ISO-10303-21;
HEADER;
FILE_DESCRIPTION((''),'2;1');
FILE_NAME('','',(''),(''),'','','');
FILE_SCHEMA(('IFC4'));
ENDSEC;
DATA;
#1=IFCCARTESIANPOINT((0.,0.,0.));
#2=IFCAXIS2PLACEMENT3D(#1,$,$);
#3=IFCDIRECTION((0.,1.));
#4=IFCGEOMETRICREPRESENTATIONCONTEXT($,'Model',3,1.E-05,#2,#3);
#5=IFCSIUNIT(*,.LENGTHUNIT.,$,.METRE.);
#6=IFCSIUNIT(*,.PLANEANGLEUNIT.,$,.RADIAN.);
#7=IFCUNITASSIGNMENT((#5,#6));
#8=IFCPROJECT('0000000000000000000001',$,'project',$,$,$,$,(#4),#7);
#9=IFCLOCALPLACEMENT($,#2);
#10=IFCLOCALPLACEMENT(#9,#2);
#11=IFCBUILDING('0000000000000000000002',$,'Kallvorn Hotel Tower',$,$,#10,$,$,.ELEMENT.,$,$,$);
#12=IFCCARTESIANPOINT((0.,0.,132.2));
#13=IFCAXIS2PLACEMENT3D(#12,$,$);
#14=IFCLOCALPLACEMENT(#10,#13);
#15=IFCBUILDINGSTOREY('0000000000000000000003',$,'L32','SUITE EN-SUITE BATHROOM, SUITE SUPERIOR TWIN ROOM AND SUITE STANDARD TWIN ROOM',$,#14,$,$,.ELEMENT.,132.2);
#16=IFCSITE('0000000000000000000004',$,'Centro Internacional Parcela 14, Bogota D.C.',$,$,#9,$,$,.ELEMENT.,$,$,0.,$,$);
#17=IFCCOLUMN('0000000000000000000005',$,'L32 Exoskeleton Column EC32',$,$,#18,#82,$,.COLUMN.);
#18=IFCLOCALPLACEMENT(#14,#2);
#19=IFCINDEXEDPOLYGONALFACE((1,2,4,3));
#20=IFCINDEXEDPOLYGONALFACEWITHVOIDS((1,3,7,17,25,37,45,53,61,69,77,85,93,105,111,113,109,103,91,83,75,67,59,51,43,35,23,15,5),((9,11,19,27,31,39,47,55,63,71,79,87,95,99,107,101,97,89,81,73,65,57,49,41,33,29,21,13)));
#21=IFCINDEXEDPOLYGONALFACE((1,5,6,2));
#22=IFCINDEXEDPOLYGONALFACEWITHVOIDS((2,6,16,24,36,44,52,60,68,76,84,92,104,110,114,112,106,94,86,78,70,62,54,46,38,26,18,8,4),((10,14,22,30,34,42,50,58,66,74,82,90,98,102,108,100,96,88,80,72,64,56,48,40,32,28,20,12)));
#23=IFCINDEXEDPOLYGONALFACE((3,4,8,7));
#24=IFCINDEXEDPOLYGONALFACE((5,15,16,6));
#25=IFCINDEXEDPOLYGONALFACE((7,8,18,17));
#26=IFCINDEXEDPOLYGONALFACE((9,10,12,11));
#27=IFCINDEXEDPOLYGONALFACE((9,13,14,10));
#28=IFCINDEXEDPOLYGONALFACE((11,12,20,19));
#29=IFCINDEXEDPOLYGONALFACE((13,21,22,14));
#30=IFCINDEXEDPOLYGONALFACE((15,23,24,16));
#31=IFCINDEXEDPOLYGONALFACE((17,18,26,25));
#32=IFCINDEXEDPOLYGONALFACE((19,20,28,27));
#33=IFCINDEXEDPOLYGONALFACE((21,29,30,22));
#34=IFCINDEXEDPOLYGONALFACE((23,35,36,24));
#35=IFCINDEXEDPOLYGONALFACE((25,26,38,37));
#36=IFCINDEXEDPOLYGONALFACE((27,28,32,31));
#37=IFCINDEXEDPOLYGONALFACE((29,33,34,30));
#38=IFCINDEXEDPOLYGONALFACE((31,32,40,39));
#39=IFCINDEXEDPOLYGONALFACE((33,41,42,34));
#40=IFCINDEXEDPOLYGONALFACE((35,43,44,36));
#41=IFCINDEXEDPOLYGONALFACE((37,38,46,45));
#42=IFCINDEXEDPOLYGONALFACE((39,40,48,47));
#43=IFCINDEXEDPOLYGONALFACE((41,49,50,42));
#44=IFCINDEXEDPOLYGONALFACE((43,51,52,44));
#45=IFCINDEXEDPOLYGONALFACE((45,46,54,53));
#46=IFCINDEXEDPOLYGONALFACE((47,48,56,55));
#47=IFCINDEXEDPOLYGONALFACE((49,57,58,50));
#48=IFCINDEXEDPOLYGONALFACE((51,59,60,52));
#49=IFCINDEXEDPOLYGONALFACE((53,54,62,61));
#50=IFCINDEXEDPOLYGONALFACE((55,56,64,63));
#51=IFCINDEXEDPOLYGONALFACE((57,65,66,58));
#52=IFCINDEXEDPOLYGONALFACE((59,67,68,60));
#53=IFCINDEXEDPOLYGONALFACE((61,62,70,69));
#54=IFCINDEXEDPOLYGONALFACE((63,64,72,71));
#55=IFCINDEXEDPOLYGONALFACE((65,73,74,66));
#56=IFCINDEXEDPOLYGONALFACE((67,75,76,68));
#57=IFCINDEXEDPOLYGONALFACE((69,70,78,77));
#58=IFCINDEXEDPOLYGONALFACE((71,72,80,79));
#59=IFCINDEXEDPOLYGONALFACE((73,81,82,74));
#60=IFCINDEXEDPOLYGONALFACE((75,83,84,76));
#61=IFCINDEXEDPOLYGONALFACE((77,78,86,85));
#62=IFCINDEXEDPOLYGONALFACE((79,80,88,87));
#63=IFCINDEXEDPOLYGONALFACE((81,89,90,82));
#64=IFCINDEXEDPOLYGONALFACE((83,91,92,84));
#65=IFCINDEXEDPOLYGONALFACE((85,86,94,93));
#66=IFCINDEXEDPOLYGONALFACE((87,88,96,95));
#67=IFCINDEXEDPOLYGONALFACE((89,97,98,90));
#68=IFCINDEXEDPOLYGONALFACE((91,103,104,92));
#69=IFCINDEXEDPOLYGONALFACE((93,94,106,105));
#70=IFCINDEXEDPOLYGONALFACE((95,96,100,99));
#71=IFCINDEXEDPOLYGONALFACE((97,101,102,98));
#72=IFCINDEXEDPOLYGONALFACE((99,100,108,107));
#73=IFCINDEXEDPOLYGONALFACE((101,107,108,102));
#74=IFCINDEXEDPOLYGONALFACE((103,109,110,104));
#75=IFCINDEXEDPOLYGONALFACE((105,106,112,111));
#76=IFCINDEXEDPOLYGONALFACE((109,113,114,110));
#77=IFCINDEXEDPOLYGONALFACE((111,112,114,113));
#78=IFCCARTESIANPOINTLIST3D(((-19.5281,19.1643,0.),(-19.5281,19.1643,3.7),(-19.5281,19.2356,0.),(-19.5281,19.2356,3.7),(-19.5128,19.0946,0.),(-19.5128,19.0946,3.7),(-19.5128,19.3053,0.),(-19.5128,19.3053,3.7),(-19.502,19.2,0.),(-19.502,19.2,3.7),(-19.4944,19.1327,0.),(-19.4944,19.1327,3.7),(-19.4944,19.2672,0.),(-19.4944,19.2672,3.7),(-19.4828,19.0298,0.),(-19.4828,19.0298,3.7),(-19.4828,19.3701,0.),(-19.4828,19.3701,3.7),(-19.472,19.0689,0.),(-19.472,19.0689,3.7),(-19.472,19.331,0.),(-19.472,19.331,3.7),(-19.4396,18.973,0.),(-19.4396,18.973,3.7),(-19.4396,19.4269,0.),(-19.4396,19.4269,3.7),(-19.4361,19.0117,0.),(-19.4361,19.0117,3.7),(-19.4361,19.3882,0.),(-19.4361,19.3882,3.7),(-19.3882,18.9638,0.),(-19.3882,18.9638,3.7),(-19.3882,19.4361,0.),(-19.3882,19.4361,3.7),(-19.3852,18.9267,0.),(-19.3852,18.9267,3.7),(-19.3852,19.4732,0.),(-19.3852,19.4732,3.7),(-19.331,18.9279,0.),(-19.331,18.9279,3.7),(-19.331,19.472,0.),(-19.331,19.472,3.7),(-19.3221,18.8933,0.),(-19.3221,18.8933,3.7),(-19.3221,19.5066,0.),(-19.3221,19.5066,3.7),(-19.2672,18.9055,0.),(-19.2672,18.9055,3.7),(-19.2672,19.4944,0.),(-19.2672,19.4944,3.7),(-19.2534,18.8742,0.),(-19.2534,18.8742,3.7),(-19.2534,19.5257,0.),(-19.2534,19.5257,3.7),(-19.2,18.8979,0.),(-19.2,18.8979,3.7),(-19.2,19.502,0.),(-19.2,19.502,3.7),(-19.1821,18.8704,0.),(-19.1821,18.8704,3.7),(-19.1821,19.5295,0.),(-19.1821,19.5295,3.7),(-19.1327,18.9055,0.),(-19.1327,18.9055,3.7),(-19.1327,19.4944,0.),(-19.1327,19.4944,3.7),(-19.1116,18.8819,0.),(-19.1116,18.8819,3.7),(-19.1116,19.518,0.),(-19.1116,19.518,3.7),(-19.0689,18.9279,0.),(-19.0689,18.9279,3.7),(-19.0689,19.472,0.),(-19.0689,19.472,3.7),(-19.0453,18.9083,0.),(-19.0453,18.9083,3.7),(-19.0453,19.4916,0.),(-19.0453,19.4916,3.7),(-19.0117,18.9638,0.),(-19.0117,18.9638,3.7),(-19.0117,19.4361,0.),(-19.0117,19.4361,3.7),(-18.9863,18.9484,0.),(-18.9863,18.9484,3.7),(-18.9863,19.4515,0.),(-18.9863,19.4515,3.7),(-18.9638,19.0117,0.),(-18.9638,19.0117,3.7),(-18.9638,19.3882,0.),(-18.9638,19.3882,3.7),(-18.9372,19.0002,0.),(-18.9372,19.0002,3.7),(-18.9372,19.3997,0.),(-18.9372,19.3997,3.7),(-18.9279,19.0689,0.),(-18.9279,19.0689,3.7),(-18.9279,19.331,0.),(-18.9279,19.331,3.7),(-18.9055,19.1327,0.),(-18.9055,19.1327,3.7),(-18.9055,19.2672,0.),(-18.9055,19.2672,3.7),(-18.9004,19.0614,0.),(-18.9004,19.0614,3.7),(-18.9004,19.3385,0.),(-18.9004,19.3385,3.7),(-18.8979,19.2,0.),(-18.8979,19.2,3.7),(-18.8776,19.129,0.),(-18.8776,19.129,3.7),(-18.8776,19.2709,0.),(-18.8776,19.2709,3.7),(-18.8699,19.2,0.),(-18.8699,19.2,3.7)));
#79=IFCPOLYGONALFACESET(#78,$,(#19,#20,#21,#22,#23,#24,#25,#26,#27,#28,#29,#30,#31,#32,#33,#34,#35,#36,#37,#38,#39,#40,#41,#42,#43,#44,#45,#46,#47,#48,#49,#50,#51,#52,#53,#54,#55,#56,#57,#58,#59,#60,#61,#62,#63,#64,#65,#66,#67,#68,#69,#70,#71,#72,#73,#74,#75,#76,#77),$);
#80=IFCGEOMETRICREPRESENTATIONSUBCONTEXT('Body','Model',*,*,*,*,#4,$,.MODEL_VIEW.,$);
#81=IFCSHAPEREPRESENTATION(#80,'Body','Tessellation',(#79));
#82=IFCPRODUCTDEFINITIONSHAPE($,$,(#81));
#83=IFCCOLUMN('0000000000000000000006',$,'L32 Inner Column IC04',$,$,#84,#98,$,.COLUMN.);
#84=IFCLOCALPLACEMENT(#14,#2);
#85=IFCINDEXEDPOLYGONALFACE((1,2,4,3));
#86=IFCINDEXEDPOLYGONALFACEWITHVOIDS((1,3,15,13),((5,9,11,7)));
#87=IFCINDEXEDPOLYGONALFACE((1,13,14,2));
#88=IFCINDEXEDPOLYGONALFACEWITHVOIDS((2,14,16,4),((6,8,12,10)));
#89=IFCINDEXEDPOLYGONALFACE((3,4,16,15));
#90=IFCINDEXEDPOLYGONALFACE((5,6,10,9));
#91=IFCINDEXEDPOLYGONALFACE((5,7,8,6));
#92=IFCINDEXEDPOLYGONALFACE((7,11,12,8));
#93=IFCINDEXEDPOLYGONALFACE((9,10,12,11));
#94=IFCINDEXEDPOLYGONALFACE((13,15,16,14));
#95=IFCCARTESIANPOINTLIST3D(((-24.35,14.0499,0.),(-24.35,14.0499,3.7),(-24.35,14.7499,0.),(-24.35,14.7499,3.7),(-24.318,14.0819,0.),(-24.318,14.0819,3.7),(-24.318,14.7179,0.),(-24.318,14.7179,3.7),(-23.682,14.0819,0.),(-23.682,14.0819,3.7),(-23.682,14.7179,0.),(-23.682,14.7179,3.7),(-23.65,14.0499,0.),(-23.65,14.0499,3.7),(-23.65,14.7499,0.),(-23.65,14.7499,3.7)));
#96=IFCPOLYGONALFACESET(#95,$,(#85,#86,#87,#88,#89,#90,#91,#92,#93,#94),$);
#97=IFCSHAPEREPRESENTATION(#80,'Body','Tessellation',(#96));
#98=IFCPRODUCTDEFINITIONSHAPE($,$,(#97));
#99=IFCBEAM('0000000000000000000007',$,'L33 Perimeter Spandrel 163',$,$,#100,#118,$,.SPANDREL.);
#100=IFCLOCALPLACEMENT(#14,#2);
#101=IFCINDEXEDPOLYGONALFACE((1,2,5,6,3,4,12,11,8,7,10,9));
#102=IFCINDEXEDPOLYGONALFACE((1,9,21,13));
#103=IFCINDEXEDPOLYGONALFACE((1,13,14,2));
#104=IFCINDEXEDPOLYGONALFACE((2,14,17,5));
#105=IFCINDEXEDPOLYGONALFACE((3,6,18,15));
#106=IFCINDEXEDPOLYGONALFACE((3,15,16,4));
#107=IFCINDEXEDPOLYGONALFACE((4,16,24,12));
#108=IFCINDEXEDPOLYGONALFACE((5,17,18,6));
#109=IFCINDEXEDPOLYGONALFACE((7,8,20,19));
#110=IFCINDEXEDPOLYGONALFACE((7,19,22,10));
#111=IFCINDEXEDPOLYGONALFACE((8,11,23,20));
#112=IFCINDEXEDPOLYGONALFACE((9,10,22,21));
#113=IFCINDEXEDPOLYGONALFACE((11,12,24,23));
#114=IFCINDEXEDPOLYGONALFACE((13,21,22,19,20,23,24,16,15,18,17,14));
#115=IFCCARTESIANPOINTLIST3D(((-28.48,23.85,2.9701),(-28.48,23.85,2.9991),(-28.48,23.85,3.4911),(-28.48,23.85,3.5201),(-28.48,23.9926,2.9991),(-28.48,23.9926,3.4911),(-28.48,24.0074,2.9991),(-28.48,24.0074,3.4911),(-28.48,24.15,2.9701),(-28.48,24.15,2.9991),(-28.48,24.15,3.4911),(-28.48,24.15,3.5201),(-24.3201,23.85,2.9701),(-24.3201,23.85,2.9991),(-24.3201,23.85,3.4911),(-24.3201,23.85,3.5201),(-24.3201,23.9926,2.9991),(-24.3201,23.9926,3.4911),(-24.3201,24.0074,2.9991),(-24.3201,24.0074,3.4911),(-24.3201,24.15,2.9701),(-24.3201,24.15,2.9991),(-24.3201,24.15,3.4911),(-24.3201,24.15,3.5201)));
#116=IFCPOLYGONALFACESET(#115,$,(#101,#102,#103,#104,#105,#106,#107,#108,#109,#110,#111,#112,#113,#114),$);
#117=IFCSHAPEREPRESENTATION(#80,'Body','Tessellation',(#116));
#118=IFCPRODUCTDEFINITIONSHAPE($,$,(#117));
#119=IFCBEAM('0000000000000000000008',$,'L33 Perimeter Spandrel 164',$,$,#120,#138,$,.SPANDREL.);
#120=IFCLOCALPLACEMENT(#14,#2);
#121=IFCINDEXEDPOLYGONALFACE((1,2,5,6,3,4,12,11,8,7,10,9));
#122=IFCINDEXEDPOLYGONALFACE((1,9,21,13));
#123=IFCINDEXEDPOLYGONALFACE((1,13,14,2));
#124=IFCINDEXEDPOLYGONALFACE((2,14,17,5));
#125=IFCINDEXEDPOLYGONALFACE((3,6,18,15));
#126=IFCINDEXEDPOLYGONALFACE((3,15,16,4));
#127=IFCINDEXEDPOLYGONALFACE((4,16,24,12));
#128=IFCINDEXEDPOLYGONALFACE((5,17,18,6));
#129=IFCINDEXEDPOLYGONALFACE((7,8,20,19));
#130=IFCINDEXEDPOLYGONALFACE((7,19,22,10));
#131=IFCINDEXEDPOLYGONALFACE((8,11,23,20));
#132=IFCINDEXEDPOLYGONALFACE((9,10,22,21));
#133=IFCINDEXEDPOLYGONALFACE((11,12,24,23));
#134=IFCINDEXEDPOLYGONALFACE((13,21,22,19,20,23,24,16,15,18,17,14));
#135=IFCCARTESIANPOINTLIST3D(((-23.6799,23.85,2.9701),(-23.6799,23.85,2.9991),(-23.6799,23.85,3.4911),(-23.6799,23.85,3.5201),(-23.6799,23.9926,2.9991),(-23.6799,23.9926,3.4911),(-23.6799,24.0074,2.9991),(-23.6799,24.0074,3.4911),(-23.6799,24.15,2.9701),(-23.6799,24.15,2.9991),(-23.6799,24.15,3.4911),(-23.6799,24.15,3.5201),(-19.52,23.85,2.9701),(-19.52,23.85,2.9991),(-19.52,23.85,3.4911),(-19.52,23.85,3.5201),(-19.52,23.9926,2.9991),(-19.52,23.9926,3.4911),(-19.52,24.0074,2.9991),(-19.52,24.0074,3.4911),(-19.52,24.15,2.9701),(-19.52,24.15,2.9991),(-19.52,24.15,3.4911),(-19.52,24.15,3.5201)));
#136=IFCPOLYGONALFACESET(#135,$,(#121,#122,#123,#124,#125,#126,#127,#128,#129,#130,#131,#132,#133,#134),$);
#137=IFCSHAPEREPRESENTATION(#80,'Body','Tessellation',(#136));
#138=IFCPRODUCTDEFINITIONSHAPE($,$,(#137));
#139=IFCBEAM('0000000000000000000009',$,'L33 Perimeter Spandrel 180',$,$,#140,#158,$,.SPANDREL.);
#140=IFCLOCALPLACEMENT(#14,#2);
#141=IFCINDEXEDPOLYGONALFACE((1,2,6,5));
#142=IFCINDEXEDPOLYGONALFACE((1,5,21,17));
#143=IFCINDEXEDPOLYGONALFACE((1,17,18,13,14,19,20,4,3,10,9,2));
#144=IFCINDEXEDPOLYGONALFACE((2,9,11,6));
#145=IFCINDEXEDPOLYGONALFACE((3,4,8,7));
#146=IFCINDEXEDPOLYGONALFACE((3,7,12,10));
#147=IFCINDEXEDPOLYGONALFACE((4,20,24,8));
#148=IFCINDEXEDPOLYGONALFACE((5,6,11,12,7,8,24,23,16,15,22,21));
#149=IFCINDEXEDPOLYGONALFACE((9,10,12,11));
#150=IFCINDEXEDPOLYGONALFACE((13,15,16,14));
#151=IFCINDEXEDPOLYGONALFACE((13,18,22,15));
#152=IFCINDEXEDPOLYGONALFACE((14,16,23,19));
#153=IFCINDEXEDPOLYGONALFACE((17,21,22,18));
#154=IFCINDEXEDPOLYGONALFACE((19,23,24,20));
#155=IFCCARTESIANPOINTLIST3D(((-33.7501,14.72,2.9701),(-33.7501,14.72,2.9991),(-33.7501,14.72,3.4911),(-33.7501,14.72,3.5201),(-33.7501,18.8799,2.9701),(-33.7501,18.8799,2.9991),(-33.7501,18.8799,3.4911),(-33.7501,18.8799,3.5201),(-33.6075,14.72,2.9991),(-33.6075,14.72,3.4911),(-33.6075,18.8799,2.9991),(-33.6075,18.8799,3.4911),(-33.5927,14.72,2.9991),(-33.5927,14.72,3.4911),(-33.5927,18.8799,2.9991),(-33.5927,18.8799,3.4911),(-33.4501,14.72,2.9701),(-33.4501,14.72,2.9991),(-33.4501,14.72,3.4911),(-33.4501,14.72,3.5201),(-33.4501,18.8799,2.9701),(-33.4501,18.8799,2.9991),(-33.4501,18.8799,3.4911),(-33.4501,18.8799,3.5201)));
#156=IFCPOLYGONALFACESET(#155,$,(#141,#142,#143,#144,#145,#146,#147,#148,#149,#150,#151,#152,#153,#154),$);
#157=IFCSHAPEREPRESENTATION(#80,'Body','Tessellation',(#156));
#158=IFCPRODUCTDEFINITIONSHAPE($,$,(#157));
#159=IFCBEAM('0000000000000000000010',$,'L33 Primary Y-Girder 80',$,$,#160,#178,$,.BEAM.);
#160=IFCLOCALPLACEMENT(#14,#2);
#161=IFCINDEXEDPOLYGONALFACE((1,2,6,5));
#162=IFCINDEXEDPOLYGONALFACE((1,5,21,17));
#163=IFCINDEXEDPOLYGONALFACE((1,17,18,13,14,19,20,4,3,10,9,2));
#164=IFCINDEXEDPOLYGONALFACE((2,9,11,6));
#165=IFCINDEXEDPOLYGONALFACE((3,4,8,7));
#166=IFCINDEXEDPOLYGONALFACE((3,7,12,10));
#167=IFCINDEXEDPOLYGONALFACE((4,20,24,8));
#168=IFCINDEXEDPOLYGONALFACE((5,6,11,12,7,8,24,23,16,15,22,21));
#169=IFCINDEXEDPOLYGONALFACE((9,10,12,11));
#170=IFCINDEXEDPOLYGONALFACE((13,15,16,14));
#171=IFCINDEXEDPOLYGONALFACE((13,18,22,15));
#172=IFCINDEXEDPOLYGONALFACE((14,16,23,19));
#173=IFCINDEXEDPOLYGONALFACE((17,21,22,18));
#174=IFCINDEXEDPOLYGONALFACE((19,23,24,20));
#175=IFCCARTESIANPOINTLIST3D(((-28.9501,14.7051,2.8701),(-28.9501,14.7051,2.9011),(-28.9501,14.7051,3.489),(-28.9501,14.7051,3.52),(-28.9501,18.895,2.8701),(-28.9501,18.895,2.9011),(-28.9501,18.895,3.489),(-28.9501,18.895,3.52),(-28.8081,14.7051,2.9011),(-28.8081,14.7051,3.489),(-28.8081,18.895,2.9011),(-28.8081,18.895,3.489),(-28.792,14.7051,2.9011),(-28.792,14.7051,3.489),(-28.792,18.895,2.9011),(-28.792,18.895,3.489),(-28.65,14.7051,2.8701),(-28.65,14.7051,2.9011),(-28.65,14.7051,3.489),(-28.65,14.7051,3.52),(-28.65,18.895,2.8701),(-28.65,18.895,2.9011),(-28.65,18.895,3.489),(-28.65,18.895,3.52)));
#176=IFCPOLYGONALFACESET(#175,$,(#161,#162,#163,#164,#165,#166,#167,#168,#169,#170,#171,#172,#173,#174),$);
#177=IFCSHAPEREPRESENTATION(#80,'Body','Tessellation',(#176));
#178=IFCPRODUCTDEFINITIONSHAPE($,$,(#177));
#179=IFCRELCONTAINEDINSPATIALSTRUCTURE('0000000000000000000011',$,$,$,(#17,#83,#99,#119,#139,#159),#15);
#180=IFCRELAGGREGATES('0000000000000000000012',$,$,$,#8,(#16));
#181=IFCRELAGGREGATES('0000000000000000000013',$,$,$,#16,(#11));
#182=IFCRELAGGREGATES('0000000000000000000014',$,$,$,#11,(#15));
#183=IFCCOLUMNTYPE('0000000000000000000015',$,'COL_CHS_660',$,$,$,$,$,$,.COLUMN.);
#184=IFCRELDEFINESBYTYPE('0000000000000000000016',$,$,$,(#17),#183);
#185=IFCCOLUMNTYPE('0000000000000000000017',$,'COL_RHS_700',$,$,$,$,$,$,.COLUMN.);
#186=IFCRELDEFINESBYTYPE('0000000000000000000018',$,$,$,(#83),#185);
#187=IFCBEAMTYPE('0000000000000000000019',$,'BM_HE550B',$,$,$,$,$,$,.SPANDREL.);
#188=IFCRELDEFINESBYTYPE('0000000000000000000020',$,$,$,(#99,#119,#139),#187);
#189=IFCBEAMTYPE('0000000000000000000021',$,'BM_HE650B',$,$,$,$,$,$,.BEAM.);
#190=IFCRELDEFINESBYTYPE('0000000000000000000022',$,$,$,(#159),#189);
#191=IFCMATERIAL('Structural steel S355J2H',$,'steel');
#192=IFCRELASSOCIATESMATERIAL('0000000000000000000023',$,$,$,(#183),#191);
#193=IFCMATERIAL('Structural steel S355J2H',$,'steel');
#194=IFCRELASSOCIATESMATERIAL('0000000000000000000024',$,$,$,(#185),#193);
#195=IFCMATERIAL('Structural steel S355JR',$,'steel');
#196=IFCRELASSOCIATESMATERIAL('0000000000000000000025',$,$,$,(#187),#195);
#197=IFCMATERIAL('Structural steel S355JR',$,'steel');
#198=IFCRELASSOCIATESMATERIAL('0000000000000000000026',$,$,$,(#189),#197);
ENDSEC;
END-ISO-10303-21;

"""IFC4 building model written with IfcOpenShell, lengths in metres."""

from ifc_helpers import new_model, si_unit, direction, frame, origin, origin_2d, place, context, subcontext, project, spatial, hollow_rectangle, hollow_circle, i_section, extrude, material, material_profile, profile_set, type_object, element, save


model = new_model("IFC4")

# Units and contexts
model_context = context("Model", 3, precision=1e-05, world=origin(), true_north=direction((0.0, 1.0)))
body_context = subcontext(model_context, "Body", "Model", "MODEL_VIEW")
ifc_project = project(units=[si_unit("LENGTHUNIT", "METRE"), si_unit("PLANEANGLEUNIT", "RADIAN")], contexts=[model_context])

# Site, building, storey
site_placement = place(None, origin())
site = spatial("IfcSite", under=ifc_project, at=site_placement, Name="Centro Internacional Parcela 14, Bogota D.C.", CompositionType="ELEMENT", RefElevation=0.0)
building_placement = place(site_placement, origin())
building = spatial("IfcBuilding", under=site, at=building_placement, Name="Kallvorn Hotel Tower", CompositionType="ELEMENT")
storey_placement = place(building_placement, frame((0.0, 0.0, 132.2)))
storey = spatial("IfcBuildingStorey", under=building, at=storey_placement, Name="L32", Description="SUITE EN-SUITE BATHROOM, SUITE SUPERIOR TWIN ROOM AND SUITE STANDARD TWIN ROOM", CompositionType="ELEMENT", Elevation=132.2)

# Columns
ifc_material_1 = material(Name="Structural steel S355J2H", Category="steel")
ifc_material_profile_1 = material_profile(ifc_material_1, hollow_circle(Radius=0.3301, WallThickness=0.0281, at=origin_2d()), Name="CHS 660x28")
ifc_profile_set_1 = profile_set([ifc_material_profile_1], Name="Structural steel S355J2H")
column_type_1 = type_object("IfcColumnType", Name="COL_CHS_660", PredefinedType="COLUMN", material=ifc_profile_set_1)
for number, where, z_axis, x_axis, name in (
    (1, (-19.2, 19.2, 0.0), (0.0, 0.0, 1.0), (1.0, 0.0, 0.0), "L32 Exoskeleton Column EC32"),
):
    element("IfcColumn", number, at=place(storey_placement, frame(where, z_axis=z_axis, x_axis=x_axis)), inside=storey, type_object=column_type_1, Name=name, PredefinedType="COLUMN", context=body_context, shape_type="SweptSolid", body=[
        extrude(hollow_circle(Radius=0.3301, WallThickness=0.0281, at=origin_2d()), origin(), (0.0, 0.0, 1.0), 3.7),
    ])
ifc_material_2 = material(Name="Structural steel S355J2H", Category="steel")
ifc_material_profile_2 = material_profile(ifc_material_2, hollow_rectangle(XDim=0.7, YDim=0.7, WallThickness=0.032, at=origin_2d()), Name="RHS 700x700x32")
ifc_profile_set_2 = profile_set([ifc_material_profile_2], Name="Structural steel S355J2H")
column_type_2 = type_object("IfcColumnType", Name="COL_RHS_700", PredefinedType="COLUMN", material=ifc_profile_set_2)
column_placement = place(storey_placement, frame((-24.0, 14.3999, 0.0), z_axis=(0.0, 0.0, 1.0), x_axis=(1.0, 0.0, 0.0)))
element("IfcColumn", 2, at=column_placement, inside=storey, type_object=column_type_2, Name="L32 Inner Column IC04", PredefinedType="COLUMN", context=body_context, shape_type="SweptSolid", body=[
    extrude(hollow_rectangle(XDim=0.7, YDim=0.7, WallThickness=0.032, at=origin_2d()), origin(), (0.0, 0.0, 1.0), 3.7),
])

# Beams
ifc_material_3 = material(Name="Structural steel S355JR", Category="steel")
ifc_material_profile_3 = material_profile(ifc_material_3, i_section(OverallWidth=0.3, OverallDepth=0.55, WebThickness=0.0149, FlangeThickness=0.0291, at=origin_2d()), Name="HE 550 B")
ifc_profile_set_3 = profile_set([ifc_material_profile_3], Name="Structural steel S355JR")
beam_type_1 = type_object("IfcBeamType", Name="BM_HE550B", PredefinedType="SPANDREL", material=ifc_profile_set_3)
for number, where, z_axis, x_axis, name in (
    (3, (-28.48, 24.0, 3.2451), (1.0, 0.0, 0.0), (0.0, 1.0, 0.0), "L33 Perimeter Spandrel 163"),
    (4, (-23.6799, 24.0, 3.2451), (1.0, 0.0, 0.0), (0.0, 1.0, 0.0), "L33 Perimeter Spandrel 164"),
    (5, (-33.6001, 14.72, 3.2451), (0.0, 1.0, 0.0), (-1.0, 0.0, 0.0), "L33 Perimeter Spandrel 180"),
):
    element("IfcBeam", number, at=place(storey_placement, frame(where, z_axis=z_axis, x_axis=x_axis)), inside=storey, type_object=beam_type_1, Name=name, PredefinedType="SPANDREL", context=body_context, shape_type="SweptSolid", body=[
        extrude(i_section(OverallWidth=0.3, OverallDepth=0.55, WebThickness=0.0149, FlangeThickness=0.0291, at=origin_2d()), origin(), (0.0, 0.0, 1.0), 4.1599),
    ])
ifc_material_4 = material(Name="Structural steel S355JR", Category="steel")
ifc_material_profile_4 = material_profile(ifc_material_4, i_section(OverallWidth=0.3, OverallDepth=0.6499, WebThickness=0.0161, FlangeThickness=0.031, at=origin_2d()), Name="HE 650 B")
ifc_profile_set_4 = profile_set([ifc_material_profile_4], Name="Structural steel S355JR")
beam_type_2 = type_object("IfcBeamType", Name="BM_HE650B", PredefinedType="BEAM", material=ifc_profile_set_4)
beam_1_placement = place(storey_placement, frame((-28.8, 14.7051, 3.1951), z_axis=(0.0, 1.0, 0.0), x_axis=(-1.0, 0.0, 0.0)))
element("IfcBeam", 6, at=beam_1_placement, inside=storey, type_object=beam_type_2, Name="L33 Primary Y-Girder 80", PredefinedType="BEAM", context=body_context, shape_type="SweptSolid", body=[
    extrude(i_section(OverallWidth=0.3, OverallDepth=0.6499, WebThickness=0.0161, FlangeThickness=0.031, at=origin_2d()), origin(), (0.0, 0.0, 1.0), 4.1899),
])

save(model, "model.ifc")
